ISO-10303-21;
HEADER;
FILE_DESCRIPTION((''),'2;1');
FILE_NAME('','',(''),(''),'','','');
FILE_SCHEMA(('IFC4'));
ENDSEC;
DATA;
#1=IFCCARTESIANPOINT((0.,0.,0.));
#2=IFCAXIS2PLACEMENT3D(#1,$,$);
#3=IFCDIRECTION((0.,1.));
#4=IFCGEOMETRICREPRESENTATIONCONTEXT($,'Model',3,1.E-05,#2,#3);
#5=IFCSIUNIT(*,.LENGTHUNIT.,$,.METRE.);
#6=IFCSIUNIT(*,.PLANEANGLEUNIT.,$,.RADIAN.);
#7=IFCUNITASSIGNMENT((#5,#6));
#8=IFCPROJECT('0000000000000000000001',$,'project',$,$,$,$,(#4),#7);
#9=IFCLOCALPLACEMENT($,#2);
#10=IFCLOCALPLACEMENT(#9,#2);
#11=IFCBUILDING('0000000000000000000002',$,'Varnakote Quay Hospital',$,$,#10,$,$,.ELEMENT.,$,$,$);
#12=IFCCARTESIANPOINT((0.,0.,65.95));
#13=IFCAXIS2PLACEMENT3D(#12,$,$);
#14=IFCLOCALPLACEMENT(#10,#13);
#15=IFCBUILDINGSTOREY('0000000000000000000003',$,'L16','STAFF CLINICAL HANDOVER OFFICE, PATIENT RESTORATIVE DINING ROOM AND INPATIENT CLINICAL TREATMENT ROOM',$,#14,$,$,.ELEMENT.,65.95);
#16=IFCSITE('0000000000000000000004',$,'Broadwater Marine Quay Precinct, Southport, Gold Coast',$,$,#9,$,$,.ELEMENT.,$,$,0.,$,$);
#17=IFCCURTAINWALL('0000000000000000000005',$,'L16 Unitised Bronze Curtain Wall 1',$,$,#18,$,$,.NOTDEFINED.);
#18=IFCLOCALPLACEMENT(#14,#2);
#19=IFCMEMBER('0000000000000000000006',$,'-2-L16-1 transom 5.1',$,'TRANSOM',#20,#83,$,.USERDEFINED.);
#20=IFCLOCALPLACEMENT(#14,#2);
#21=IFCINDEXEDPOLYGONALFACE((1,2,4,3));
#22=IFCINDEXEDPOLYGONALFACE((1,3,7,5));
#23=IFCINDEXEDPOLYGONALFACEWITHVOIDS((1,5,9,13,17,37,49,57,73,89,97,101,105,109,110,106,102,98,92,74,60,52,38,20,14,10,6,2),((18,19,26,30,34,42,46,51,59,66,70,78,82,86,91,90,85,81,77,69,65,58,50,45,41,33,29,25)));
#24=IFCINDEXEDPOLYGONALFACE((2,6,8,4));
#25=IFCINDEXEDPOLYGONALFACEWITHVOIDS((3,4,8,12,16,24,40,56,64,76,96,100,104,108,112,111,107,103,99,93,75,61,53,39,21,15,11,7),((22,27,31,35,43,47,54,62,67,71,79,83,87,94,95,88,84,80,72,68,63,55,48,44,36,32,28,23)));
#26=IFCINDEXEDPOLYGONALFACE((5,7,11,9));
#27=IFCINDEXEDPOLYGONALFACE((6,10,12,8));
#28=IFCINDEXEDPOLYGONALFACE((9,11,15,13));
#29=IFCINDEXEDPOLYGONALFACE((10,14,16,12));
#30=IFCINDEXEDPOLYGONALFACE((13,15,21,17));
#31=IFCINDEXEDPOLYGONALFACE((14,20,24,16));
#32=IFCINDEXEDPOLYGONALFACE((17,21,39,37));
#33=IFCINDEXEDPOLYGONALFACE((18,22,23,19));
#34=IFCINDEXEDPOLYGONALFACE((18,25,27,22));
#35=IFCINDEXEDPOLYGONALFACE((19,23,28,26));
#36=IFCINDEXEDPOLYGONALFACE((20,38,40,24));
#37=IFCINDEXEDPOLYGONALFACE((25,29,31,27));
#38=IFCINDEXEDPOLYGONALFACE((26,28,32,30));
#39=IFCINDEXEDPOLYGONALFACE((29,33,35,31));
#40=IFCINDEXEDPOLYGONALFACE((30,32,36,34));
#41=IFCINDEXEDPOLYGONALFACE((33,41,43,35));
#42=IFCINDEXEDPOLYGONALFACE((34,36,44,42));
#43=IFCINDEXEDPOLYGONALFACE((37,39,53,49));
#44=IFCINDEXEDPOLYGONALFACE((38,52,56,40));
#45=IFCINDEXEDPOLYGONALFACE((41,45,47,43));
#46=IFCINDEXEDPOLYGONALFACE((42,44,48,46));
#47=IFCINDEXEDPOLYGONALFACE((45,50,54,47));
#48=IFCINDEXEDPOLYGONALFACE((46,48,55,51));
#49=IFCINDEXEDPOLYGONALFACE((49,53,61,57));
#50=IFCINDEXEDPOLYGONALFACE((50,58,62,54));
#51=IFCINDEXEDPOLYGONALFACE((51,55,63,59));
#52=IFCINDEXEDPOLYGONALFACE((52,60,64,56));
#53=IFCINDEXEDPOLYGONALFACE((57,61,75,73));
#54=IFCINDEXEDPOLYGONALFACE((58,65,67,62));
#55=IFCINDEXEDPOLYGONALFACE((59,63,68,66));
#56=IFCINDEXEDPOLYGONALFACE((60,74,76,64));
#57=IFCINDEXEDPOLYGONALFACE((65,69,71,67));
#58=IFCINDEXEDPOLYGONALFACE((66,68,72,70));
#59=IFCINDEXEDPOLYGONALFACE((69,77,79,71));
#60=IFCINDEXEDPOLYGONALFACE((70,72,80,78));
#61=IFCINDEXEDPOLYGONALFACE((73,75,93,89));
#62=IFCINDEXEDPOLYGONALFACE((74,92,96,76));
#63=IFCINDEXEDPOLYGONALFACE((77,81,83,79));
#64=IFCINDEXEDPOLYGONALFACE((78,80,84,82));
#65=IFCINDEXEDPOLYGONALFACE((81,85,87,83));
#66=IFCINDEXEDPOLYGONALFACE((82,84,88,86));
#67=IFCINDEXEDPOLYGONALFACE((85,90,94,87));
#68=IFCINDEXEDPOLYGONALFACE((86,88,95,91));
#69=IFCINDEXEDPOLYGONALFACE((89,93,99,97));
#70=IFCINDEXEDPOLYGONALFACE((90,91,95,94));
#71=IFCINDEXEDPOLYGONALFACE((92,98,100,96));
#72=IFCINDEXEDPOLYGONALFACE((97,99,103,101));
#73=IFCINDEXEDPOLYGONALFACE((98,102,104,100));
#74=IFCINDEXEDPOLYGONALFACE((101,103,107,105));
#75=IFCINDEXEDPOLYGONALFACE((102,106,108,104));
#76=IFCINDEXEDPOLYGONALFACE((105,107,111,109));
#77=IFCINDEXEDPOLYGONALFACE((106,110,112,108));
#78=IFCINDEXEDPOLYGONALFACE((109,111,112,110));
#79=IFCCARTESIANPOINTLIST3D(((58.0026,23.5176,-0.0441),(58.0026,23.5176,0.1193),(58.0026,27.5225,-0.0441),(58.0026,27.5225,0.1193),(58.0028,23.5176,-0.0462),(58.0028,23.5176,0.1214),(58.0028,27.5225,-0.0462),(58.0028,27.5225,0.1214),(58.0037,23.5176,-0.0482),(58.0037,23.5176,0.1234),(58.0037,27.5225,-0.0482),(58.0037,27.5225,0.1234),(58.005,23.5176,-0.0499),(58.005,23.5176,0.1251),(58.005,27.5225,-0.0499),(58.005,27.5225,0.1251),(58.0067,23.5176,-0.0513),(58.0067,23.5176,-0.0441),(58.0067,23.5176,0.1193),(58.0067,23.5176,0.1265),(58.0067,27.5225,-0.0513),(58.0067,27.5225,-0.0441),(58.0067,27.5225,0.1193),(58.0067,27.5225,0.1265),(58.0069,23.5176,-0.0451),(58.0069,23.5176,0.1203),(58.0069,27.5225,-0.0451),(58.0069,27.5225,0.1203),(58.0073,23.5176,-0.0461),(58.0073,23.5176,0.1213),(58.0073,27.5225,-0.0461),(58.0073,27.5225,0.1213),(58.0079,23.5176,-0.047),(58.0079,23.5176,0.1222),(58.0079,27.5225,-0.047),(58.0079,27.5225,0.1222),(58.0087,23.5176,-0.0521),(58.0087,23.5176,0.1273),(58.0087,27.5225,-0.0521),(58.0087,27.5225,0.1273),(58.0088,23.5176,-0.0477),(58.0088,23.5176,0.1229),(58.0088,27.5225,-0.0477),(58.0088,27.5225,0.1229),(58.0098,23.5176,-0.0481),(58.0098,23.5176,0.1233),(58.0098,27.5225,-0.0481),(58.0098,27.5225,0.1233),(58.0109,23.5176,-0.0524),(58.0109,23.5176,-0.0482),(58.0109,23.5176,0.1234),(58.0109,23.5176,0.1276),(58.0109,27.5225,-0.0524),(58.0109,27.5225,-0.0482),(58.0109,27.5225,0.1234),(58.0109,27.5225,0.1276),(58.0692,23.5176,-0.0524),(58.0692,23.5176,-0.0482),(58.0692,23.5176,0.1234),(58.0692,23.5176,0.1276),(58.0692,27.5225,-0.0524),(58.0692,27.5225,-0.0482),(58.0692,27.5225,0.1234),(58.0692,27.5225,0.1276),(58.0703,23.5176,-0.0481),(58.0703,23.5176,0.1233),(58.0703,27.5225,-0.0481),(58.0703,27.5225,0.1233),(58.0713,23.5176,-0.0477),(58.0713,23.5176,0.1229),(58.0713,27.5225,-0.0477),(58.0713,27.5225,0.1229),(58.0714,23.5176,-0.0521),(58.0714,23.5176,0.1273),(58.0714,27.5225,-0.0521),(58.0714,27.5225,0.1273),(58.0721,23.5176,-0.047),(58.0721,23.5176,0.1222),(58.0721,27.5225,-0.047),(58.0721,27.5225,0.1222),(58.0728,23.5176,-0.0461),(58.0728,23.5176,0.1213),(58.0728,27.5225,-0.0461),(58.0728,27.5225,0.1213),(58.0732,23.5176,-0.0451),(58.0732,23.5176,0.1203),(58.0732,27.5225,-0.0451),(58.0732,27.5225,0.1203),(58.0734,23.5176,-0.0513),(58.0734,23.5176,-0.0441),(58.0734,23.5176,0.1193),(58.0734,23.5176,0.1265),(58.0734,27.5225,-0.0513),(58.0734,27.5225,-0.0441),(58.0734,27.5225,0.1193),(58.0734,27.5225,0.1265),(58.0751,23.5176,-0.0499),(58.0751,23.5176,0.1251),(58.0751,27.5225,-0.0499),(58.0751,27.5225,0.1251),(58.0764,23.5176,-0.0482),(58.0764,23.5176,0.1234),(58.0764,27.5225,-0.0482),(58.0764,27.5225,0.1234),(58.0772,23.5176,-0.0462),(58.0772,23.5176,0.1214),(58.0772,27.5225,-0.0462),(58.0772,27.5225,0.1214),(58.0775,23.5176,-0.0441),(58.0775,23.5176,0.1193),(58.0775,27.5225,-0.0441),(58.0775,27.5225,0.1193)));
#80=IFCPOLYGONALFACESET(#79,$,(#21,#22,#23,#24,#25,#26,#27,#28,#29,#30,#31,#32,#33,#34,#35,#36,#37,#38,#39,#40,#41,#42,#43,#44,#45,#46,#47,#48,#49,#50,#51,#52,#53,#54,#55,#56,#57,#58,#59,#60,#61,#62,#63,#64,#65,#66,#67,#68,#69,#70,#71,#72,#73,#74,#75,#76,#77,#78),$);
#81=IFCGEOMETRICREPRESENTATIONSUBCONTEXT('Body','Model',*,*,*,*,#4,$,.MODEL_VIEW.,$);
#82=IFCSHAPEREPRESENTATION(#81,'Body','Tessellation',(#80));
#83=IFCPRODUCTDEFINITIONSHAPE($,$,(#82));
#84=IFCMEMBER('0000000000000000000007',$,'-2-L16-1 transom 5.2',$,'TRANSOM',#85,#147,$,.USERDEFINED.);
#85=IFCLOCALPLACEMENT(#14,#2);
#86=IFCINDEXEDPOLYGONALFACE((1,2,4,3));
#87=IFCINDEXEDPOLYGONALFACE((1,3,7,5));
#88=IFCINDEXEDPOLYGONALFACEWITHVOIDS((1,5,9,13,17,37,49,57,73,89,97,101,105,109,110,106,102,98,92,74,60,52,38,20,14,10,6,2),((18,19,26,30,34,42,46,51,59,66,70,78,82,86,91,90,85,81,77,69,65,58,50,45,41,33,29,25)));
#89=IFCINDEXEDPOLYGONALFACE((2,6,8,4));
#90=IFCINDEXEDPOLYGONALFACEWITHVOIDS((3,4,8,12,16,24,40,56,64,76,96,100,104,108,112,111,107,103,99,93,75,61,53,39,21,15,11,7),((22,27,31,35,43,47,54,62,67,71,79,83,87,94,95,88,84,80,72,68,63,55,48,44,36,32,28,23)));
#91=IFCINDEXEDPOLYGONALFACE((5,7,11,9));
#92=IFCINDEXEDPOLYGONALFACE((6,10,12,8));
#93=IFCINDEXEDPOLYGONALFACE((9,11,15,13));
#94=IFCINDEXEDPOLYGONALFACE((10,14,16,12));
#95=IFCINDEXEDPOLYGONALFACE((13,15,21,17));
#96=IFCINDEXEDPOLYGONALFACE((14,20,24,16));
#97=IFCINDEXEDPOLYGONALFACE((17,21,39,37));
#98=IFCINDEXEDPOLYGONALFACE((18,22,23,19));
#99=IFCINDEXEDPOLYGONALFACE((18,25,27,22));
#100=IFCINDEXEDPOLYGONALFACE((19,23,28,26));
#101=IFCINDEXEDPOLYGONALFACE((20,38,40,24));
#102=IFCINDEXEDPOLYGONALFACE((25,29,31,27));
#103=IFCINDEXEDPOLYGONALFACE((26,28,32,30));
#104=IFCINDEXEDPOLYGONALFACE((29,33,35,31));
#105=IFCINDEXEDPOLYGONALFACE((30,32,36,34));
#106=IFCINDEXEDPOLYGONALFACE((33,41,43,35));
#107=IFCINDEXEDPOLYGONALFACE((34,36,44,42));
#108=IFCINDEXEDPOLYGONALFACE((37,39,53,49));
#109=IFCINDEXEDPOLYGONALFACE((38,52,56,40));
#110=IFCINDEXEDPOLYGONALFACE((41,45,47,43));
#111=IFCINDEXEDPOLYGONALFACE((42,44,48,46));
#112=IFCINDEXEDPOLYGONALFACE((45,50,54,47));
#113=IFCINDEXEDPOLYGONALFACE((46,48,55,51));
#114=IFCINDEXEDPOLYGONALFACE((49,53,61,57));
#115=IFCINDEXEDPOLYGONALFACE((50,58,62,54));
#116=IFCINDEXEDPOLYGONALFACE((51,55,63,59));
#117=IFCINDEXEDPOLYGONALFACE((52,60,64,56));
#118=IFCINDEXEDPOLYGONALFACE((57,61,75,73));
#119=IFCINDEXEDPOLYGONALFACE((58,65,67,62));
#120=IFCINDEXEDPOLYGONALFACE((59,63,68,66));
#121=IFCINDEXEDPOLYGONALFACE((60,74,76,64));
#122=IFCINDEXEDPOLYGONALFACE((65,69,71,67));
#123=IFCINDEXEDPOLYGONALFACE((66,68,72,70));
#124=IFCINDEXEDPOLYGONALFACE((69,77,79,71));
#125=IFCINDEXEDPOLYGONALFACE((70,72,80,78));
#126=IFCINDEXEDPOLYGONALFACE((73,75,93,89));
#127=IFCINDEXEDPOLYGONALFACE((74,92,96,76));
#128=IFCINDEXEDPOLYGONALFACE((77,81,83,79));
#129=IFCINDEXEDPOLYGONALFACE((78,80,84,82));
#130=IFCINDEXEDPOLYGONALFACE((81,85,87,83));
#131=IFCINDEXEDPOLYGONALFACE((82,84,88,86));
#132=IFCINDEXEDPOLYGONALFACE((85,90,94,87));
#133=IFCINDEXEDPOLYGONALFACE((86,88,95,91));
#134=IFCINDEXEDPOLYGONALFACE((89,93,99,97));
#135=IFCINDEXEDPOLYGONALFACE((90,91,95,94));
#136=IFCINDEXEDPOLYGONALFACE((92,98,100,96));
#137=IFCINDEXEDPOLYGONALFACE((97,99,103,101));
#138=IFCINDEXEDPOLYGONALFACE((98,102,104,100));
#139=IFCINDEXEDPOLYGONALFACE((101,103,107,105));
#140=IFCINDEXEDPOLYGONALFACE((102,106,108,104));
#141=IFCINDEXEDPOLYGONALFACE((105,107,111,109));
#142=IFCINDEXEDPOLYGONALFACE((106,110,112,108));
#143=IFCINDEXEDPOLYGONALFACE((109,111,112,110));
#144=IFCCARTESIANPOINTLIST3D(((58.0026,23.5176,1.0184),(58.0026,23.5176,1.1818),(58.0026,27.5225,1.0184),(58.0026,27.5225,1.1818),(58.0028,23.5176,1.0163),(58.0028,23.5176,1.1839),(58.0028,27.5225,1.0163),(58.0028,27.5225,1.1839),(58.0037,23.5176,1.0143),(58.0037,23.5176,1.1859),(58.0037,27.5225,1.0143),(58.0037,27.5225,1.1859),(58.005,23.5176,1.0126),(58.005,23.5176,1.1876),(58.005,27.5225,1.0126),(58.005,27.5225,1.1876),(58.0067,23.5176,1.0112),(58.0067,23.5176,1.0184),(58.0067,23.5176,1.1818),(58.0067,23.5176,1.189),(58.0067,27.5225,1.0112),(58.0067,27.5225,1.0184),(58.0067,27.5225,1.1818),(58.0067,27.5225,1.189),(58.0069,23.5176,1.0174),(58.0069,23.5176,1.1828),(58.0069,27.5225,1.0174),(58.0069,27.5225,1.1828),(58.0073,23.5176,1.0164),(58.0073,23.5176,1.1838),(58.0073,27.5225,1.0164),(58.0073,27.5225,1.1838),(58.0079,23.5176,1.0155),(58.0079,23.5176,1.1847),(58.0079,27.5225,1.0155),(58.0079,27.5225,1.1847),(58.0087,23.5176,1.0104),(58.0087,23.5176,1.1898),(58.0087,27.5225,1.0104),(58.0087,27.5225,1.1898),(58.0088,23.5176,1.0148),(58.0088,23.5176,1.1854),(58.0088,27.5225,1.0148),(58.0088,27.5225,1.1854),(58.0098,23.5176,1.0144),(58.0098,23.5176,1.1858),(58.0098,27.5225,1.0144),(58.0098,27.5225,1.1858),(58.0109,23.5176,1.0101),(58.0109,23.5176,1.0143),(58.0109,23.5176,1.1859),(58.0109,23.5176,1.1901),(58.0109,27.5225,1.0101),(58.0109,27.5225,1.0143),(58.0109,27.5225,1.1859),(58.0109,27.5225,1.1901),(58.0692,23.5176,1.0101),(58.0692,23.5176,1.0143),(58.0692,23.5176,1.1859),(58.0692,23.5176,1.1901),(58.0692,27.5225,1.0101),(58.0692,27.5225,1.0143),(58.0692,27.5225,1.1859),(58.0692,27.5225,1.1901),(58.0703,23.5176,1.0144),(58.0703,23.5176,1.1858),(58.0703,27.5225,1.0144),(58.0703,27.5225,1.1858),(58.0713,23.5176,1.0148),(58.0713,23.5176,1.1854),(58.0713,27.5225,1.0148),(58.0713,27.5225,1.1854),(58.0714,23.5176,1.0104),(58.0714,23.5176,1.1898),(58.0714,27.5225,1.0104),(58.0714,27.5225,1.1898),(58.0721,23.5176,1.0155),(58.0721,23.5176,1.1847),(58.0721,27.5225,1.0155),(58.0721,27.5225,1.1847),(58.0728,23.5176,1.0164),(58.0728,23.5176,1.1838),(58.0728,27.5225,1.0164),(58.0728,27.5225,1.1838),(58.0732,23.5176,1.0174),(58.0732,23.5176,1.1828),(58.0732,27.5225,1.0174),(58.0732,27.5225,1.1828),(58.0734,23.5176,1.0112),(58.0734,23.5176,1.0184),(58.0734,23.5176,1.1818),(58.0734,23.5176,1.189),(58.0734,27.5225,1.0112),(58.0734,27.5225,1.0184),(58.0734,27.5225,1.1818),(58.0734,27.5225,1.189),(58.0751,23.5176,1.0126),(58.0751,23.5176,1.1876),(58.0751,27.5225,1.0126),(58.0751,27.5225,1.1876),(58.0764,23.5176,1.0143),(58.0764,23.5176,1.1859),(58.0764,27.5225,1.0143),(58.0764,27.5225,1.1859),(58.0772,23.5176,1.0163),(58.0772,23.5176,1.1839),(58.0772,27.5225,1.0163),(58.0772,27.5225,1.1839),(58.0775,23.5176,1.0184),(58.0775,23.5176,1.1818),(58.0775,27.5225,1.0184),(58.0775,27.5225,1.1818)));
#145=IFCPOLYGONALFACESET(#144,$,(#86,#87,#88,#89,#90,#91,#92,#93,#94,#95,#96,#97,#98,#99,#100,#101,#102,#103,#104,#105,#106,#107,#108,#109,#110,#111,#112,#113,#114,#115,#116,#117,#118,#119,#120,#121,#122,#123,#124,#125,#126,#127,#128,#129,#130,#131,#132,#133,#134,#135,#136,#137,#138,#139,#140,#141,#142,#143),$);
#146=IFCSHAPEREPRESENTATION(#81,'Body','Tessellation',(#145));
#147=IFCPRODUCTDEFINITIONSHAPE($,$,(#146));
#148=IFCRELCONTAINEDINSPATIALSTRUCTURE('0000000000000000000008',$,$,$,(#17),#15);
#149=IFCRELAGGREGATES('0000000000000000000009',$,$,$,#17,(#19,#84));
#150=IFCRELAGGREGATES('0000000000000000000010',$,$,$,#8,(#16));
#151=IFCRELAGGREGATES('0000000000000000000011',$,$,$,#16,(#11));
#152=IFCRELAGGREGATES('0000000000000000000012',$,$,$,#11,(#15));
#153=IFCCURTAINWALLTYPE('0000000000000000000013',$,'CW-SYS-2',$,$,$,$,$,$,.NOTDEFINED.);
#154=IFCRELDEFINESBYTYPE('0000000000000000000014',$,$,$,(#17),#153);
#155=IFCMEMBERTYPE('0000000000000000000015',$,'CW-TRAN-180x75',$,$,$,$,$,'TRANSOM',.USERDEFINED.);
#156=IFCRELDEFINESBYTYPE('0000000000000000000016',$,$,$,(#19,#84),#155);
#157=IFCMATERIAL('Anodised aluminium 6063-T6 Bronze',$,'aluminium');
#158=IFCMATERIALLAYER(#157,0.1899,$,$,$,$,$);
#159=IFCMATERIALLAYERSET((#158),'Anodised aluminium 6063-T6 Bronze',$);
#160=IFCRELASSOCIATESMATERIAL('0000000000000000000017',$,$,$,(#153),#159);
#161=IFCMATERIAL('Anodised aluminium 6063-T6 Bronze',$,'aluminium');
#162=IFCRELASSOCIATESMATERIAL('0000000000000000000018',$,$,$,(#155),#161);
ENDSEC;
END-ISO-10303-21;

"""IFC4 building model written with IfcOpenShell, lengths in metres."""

from ifc_helpers import new_model, si_unit, direction, frame, origin, origin_2d, place, context, subcontext, project, spatial, hollow_rectangle, extrude, material, layer, layer_set, material_profile, profile_set, type_object, element, aggregate, save


model = new_model("IFC4")

# Units and contexts
model_context = context("Model", 3, precision=1e-05, world=origin(), true_north=direction((0.0, 1.0)))
body_context = subcontext(model_context, "Body", "Model", "MODEL_VIEW")
ifc_project = project(units=[si_unit("LENGTHUNIT", "METRE"), si_unit("PLANEANGLEUNIT", "RADIAN")], contexts=[model_context])

# Site, building, storey
site_placement = place(None, origin())
site = spatial("IfcSite", under=ifc_project, at=site_placement, Name="Broadwater Marine Quay Precinct, Southport, Gold Coast", CompositionType="ELEMENT", RefElevation=0.0)
building_placement = place(site_placement, origin())
building = spatial("IfcBuilding", under=site, at=building_placement, Name="Varnakote Quay Hospital", CompositionType="ELEMENT")
storey_placement = place(building_placement, frame((0.0, 0.0, 65.95)))
storey = spatial("IfcBuildingStorey", under=building, at=storey_placement, Name="L16", Description="STAFF CLINICAL HANDOVER OFFICE, PATIENT RESTORATIVE DINING ROOM AND INPATIENT CLINICAL TREATMENT ROOM", CompositionType="ELEMENT", Elevation=65.95)

# Curtain wall, members
ifc_material_1 = material(Name="Anodised aluminium 6063-T6 Bronze", Category="aluminium")
ifc_layer_1 = layer(ifc_material_1, 0.1899)
ifc_layer_set_1 = layer_set([ifc_layer_1], Name="Anodised aluminium 6063-T6 Bronze")
curtain_wall_type = type_object("IfcCurtainWallType", Name="CW-SYS-2", PredefinedType="NOTDEFINED", material=ifc_layer_set_1)
curtain_wall_placement = place(storey_placement, origin())
curtain_wall = element("IfcCurtainWall", 1, at=curtain_wall_placement, inside=storey, type_object=curtain_wall_type, Name="L16 Unitised Bronze Curtain Wall 1", PredefinedType="NOTDEFINED")
ifc_material_2 = material(Name="Anodised aluminium 6063-T6 Bronze", Category="aluminium")
ifc_material_profile_1 = material_profile(ifc_material_2, hollow_rectangle(XDim=0.075, YDim=0.1799, WallThickness=0.0042, InnerFilletRadius=0.0042, OuterFilletRadius=0.0083, at=origin_2d()), Name="CW-TRAN-180x75")
ifc_profile_set_1 = profile_set([ifc_material_profile_1], Name="Anodised aluminium 6063-T6 Bronze")
member_type_1 = type_object("IfcMemberType", Name="CW-TRAN-180x75", ElementType="TRANSOM", PredefinedType="USERDEFINED", material=ifc_profile_set_1)
member_1_placement = place(storey_placement, frame((58.04, 23.5176, 0.0376), z_axis=(0.0, 1.0, 0.0), x_axis=(-1.0, 0.0, 0.0)))
member_1 = element("IfcMember", 2, at=member_1_placement, type_object=member_type_1, Name="-2-L16-1 transom 5.1", ObjectType="TRANSOM", PredefinedType="USERDEFINED", context=body_context, shape_type="SweptSolid", body=[
    extrude(hollow_rectangle(XDim=0.075, YDim=0.1799, WallThickness=0.0042, InnerFilletRadius=0.0042, OuterFilletRadius=0.0083, at=origin_2d()), origin(), (0.0, 0.0, 1.0), 4.0049),
])
member_2_placement = place(storey_placement, frame((58.04, 23.5176, 1.1001), z_axis=(0.0, 1.0, 0.0), x_axis=(-1.0, 0.0, 0.0)))
member_2 = element("IfcMember", 3, at=member_2_placement, type_object=member_type_1, Name="-2-L16-1 transom 5.2", ObjectType="TRANSOM", PredefinedType="USERDEFINED", context=body_context, shape_type="SweptSolid", body=[
    extrude(hollow_rectangle(XDim=0.075, YDim=0.1799, WallThickness=0.0042, InnerFilletRadius=0.0042, OuterFilletRadius=0.0083, at=origin_2d()), origin(), (0.0, 0.0, 1.0), 4.0049),
])
aggregate(curtain_wall, [member_1, member_2])

save(model, "model.ifc")
